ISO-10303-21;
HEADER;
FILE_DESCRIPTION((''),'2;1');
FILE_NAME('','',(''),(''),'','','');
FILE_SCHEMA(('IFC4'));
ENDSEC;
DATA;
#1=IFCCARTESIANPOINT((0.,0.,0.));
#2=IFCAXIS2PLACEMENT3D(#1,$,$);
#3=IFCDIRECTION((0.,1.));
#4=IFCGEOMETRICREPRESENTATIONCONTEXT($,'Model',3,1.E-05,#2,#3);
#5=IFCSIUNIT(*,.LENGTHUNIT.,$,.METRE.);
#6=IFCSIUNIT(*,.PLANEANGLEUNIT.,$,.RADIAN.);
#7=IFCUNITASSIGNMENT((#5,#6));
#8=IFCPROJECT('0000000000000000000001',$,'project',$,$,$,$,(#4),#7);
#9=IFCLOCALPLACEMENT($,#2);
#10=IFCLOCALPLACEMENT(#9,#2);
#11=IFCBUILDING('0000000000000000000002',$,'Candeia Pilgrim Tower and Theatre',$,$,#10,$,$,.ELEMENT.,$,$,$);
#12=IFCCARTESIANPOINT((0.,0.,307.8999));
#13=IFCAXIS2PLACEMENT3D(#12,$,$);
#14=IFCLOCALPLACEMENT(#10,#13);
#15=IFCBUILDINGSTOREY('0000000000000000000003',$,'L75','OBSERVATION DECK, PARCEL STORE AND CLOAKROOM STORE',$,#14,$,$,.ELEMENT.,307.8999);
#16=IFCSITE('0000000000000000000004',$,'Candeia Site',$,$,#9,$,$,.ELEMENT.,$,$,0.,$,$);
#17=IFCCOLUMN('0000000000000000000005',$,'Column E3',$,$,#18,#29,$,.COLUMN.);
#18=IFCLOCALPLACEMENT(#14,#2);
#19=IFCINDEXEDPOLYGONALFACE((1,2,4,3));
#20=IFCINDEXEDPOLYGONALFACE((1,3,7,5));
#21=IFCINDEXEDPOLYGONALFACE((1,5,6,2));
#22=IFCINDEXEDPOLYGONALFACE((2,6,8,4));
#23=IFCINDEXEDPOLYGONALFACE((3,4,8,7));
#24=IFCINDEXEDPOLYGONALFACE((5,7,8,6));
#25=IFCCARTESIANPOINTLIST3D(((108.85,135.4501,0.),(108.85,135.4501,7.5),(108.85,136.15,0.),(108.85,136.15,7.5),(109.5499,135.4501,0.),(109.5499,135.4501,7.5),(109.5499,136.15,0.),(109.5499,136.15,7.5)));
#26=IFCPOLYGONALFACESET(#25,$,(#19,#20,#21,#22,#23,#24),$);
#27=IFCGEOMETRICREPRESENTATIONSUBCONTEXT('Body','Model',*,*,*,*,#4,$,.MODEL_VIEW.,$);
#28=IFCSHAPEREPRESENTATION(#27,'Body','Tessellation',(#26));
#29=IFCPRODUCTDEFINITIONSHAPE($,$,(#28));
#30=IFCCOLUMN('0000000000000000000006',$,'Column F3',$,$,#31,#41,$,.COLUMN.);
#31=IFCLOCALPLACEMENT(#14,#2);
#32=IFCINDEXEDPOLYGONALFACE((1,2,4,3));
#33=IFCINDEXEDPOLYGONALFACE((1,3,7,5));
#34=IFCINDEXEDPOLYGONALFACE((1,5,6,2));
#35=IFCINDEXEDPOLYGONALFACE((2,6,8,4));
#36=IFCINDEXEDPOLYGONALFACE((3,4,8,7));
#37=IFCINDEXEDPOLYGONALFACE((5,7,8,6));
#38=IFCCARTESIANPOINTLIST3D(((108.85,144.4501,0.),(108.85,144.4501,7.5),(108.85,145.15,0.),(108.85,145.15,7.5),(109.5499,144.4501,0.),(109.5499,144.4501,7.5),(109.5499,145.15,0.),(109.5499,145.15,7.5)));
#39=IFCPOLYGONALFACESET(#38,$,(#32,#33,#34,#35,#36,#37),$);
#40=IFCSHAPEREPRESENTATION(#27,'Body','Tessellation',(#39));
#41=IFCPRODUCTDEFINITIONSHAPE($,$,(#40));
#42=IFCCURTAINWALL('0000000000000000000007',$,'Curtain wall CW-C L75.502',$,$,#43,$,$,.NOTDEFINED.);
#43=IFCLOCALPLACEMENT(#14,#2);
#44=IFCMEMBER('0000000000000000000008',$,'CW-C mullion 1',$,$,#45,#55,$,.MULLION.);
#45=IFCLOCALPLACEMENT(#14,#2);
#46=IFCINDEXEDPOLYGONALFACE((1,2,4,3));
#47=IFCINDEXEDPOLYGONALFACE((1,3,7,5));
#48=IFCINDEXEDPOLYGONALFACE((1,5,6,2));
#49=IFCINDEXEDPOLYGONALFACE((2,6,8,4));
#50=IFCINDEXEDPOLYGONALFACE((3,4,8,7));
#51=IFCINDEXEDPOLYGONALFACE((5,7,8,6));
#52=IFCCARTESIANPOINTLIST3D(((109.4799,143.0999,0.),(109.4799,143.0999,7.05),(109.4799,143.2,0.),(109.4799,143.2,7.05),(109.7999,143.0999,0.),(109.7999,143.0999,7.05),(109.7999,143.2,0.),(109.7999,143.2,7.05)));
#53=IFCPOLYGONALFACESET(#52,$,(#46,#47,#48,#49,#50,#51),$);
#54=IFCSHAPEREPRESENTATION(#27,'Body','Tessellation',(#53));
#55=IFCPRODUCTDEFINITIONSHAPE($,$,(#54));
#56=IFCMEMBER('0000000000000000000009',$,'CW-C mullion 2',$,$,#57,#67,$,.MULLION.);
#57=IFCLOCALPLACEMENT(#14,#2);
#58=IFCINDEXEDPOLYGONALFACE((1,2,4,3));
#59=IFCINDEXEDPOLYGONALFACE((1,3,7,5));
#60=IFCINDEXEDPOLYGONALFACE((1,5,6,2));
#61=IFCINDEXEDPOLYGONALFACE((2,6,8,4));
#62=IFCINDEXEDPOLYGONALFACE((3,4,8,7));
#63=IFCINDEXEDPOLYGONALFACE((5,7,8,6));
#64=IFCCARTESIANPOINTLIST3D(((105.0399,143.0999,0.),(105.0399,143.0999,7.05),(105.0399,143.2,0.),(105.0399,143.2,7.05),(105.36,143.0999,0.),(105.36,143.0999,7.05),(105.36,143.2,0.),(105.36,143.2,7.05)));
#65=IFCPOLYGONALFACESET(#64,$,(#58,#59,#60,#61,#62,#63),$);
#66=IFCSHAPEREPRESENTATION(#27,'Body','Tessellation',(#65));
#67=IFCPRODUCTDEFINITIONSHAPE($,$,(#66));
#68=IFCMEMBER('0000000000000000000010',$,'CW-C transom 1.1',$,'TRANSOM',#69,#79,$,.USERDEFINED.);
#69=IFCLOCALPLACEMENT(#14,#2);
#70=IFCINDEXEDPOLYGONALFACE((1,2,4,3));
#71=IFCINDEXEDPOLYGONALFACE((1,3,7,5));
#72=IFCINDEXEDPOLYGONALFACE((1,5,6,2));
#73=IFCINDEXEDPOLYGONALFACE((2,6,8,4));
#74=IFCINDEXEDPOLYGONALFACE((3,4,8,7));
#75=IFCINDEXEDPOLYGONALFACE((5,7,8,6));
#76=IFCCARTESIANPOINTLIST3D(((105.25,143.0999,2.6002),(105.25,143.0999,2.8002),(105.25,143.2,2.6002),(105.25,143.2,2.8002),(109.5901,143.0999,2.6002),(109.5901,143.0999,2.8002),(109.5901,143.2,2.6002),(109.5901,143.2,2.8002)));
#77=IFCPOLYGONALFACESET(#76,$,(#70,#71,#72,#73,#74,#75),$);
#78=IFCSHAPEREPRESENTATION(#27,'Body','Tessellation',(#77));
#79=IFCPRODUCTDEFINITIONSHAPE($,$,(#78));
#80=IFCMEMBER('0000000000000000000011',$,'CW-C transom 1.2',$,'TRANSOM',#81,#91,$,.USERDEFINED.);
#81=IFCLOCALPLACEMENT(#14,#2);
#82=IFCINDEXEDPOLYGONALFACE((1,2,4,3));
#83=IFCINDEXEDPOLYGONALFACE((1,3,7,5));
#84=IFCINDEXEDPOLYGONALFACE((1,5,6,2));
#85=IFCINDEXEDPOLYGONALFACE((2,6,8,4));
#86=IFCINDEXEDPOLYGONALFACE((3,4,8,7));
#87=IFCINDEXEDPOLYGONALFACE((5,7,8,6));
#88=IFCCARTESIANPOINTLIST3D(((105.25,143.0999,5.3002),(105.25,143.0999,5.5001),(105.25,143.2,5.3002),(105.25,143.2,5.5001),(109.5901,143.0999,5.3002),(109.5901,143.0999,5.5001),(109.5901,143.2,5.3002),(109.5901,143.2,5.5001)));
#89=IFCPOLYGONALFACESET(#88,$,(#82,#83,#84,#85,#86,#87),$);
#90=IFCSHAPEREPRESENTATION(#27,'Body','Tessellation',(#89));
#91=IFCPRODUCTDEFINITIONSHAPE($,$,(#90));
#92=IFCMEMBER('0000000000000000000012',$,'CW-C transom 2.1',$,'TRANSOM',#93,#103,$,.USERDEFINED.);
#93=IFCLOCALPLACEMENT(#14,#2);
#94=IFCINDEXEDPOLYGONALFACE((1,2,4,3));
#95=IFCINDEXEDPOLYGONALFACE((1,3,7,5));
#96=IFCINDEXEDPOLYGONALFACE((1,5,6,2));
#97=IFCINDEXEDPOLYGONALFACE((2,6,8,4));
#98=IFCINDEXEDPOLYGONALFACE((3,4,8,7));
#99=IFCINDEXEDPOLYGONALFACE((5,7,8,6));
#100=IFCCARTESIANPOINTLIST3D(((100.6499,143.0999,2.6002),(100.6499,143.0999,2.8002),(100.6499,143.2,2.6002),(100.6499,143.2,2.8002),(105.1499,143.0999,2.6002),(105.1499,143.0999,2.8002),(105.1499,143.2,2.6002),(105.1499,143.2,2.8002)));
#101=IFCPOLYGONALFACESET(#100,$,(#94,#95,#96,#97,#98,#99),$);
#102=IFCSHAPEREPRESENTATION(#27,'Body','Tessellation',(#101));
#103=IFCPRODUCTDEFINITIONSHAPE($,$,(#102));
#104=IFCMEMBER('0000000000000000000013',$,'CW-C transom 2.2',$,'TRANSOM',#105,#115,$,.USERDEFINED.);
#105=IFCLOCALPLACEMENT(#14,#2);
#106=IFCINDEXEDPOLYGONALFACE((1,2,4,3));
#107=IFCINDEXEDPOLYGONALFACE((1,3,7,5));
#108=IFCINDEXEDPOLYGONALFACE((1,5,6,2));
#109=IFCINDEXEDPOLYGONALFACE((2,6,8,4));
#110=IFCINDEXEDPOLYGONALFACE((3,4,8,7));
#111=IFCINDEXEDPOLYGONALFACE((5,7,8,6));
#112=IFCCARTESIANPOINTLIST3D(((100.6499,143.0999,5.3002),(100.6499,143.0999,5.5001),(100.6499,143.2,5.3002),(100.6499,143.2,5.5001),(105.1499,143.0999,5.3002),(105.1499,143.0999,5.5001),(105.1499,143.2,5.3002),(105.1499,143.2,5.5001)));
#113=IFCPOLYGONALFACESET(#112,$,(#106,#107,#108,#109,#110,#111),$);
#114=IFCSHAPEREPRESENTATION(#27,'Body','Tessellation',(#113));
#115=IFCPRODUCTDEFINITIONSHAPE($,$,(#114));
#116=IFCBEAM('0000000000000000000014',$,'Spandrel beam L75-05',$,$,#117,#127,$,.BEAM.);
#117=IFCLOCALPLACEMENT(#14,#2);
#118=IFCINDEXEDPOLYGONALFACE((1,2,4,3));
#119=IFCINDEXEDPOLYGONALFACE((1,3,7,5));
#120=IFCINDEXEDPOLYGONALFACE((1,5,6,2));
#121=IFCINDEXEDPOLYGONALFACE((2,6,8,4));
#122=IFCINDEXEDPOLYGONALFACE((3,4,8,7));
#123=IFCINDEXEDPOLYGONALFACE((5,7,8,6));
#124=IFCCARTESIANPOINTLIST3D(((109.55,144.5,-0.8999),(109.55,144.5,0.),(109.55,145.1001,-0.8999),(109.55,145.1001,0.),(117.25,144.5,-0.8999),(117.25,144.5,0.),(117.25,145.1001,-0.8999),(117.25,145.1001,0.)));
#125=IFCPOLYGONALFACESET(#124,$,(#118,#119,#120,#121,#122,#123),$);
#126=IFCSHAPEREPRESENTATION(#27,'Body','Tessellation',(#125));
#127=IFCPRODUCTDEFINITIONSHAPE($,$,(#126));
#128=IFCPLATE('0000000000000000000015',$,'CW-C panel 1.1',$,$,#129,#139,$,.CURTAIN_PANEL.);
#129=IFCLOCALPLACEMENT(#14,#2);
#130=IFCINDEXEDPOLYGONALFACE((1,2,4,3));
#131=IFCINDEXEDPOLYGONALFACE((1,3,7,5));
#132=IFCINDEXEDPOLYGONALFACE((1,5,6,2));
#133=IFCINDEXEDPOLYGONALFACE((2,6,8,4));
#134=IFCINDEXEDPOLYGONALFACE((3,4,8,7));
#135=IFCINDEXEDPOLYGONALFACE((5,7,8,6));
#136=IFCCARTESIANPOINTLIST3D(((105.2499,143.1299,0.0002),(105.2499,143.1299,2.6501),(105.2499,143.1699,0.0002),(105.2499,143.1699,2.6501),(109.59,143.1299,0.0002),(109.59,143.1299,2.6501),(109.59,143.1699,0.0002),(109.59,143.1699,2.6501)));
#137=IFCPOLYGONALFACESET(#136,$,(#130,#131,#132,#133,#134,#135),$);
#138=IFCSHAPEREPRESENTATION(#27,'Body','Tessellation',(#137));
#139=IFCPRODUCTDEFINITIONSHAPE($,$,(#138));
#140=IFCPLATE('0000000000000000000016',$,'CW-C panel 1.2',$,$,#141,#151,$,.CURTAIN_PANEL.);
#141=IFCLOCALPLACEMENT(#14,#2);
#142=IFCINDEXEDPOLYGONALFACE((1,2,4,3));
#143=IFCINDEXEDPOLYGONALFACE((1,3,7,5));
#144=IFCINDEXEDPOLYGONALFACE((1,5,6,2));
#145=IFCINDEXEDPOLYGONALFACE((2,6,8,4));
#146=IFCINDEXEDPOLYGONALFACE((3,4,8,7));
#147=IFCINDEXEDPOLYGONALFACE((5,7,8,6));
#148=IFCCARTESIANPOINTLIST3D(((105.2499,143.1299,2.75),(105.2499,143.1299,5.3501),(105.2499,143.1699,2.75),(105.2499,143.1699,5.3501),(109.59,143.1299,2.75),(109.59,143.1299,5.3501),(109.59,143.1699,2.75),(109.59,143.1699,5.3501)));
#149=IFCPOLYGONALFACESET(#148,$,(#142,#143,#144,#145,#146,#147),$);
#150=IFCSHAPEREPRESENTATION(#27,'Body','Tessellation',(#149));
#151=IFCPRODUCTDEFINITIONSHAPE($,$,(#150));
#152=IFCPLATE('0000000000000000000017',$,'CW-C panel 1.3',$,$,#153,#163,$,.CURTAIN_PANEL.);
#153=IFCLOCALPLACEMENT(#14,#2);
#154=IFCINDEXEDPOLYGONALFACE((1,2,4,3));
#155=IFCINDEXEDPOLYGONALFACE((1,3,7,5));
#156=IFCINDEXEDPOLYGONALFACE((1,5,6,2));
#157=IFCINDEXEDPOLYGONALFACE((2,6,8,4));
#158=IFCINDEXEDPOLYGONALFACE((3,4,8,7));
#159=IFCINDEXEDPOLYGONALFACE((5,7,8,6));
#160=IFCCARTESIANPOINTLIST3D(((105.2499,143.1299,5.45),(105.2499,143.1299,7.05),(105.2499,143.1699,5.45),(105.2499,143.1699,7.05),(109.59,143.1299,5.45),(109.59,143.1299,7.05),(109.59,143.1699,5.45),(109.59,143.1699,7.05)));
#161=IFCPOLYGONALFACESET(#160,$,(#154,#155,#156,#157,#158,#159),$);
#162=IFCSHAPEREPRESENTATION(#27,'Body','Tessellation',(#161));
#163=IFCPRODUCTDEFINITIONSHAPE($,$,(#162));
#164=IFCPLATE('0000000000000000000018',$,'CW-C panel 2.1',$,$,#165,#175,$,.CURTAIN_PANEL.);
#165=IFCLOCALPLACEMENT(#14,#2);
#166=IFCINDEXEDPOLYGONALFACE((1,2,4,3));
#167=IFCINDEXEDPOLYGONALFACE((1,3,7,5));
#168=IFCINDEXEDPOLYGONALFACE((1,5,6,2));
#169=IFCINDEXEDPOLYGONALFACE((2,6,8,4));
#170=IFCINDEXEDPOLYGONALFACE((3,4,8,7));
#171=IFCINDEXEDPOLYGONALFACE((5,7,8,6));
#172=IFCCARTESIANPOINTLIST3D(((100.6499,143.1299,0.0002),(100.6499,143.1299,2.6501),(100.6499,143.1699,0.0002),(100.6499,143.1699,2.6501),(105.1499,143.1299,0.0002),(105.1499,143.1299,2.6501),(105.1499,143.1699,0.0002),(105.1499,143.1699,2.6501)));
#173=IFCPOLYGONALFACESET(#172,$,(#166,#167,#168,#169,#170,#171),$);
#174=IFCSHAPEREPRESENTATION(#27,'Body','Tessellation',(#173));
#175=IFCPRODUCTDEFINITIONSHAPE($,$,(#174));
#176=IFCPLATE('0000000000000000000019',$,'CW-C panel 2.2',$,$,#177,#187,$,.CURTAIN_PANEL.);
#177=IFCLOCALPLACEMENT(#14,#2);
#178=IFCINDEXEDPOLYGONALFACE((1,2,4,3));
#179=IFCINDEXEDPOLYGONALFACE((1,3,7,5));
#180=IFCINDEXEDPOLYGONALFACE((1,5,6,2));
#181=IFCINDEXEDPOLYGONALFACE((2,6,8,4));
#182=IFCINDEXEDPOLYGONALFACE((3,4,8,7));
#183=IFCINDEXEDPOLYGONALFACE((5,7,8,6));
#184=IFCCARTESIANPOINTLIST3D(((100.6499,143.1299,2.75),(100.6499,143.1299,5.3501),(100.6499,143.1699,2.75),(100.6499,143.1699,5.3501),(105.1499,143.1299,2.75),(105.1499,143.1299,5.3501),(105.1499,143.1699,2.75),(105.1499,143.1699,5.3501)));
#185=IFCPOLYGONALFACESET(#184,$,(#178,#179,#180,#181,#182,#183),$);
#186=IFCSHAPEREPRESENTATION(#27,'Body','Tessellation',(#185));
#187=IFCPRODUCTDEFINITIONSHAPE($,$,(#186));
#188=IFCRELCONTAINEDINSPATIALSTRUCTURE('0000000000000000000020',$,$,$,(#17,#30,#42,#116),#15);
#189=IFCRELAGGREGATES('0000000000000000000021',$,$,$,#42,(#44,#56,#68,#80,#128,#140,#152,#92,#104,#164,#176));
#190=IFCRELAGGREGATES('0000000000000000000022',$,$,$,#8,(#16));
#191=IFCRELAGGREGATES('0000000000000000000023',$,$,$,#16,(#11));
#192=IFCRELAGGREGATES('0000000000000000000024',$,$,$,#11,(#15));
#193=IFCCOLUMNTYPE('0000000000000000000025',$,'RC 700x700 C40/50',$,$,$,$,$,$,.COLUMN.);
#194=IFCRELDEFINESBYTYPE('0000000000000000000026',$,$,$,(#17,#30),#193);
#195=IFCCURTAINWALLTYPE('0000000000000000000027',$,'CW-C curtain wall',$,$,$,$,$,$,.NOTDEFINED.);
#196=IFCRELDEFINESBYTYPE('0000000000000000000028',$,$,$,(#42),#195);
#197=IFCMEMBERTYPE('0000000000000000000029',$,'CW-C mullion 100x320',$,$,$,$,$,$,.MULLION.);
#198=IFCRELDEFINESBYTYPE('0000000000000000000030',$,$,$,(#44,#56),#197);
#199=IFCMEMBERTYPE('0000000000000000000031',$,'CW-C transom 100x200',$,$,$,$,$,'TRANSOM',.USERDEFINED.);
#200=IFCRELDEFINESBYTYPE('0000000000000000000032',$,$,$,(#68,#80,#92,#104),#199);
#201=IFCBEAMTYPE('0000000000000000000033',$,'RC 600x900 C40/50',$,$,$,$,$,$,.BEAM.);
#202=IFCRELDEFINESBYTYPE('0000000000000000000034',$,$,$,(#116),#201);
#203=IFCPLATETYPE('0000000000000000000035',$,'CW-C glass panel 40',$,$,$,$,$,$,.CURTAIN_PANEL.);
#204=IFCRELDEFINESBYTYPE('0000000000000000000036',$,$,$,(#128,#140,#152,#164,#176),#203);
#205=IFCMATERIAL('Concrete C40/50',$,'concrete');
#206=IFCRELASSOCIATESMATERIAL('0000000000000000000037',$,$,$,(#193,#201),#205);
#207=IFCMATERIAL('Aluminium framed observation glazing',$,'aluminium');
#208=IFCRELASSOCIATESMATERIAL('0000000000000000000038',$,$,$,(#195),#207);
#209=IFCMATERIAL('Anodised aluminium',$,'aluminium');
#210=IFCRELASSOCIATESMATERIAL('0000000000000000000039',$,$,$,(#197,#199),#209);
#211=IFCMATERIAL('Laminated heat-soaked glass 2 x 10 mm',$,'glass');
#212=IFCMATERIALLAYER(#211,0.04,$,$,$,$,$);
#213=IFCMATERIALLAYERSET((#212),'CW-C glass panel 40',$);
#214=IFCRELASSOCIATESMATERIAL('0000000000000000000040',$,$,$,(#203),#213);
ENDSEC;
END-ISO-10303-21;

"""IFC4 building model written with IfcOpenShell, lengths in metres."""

from ifc_helpers import new_model, si_unit, direction, frame, origin, origin_2d, place, context, subcontext, project, spatial, rectangle, extrude, material, layer, layer_set, material_profile, profile_set, type_object, element, aggregate, save


model = new_model("IFC4")

# Units and contexts
model_context = context("Model", 3, precision=1e-05, world=origin(), true_north=direction((0.0, 1.0)))
body_context = subcontext(model_context, "Body", "Model", "MODEL_VIEW")
ifc_project = project(units=[si_unit("LENGTHUNIT", "METRE"), si_unit("PLANEANGLEUNIT", "RADIAN")], contexts=[model_context])

# Site, building, storey
site_placement = place(None, origin())
site = spatial("IfcSite", under=ifc_project, at=site_placement, Name="Candeia Site", CompositionType="ELEMENT", RefElevation=0.0)
building_placement = place(site_placement, origin())
building = spatial("IfcBuilding", under=site, at=building_placement, Name="Candeia Pilgrim Tower and Theatre", CompositionType="ELEMENT")
storey_placement = place(building_placement, frame((0.0, 0.0, 307.8999)))
storey = spatial("IfcBuildingStorey", under=building, at=storey_placement, Name="L75", Description="OBSERVATION DECK, PARCEL STORE AND CLOAKROOM STORE", CompositionType="ELEMENT", Elevation=307.8999)

# Columns
ifc_material_1 = material(Name="Concrete C40/50", Category="concrete")
ifc_material_profile_1 = material_profile(ifc_material_1, rectangle(XDim=0.7, YDim=0.7, at=origin_2d()))
ifc_profile_set_1 = profile_set([ifc_material_profile_1], Name="Concrete C40/50")
column_type = type_object("IfcColumnType", Name="RC 700x700 C40/50", PredefinedType="COLUMN", material=ifc_profile_set_1)
for number, where, z_axis, x_axis, name in (
    (1, (109.2, 135.8, 0.0), (0.0, 0.0, 1.0), (1.0, 0.0, 0.0), "Column E3"),
    (2, (109.2, 144.8, 0.0), (0.0, 0.0, 1.0), (1.0, 0.0, 0.0), "Column F3"),
):
    element("IfcColumn", number, at=place(storey_placement, frame(where, z_axis=z_axis, x_axis=x_axis)), inside=storey, type_object=column_type, Name=name, PredefinedType="COLUMN", context=body_context, shape_type="SweptSolid", body=[
        extrude(rectangle(XDim=0.7, YDim=0.7, at=origin_2d()), origin(), (0.0, 0.0, 1.0), 7.5),
    ])

# Curtain wall, members
ifc_material_2 = material(Name="Aluminium framed observation glazing", Category="aluminium")
curtain_wall_type = type_object("IfcCurtainWallType", Name="CW-C curtain wall", PredefinedType="NOTDEFINED", material=ifc_material_2)
curtain_wall_placement = place(storey_placement, origin())
curtain_wall = element("IfcCurtainWall", 3, at=curtain_wall_placement, inside=storey, type_object=curtain_wall_type, Name="Curtain wall CW-C L75.502", PredefinedType="NOTDEFINED")
ifc_material_3 = material(Name="Anodised aluminium", Category="aluminium")
ifc_material_profile_2 = material_profile(ifc_material_3, rectangle(XDim=0.1001, YDim=0.3201, at=origin_2d()))
ifc_profile_set_2 = profile_set([ifc_material_profile_2], Name="Anodised aluminium")
member_type_1 = type_object("IfcMemberType", Name="CW-C mullion 100x320", PredefinedType="MULLION", material=ifc_profile_set_2)
member_1_placement = place(storey_placement, frame((109.6399, 143.1499, 0.0), z_axis=(0.0, 0.0, 1.0), x_axis=(0.0, -1.0, 0.0)))
member_1 = element("IfcMember", 4, at=member_1_placement, type_object=member_type_1, Name="CW-C mullion 1", PredefinedType="MULLION", context=body_context, shape_type="SweptSolid", body=[
    extrude(rectangle(XDim=0.1001, YDim=0.3201, at=origin_2d()), origin(), (0.0, 0.0, 1.0), 7.05),
])
member_2_placement = place(storey_placement, frame((105.2, 143.1499, 0.0), z_axis=(0.0, 0.0, 1.0), x_axis=(0.0, -1.0, 0.0)))
member_2 = element("IfcMember", 5, at=member_2_placement, type_object=member_type_1, Name="CW-C mullion 2", PredefinedType="MULLION", context=body_context, shape_type="SweptSolid", body=[
    extrude(rectangle(XDim=0.1001, YDim=0.3201, at=origin_2d()), origin(), (0.0, 0.0, 1.0), 7.05),
])
ifc_material_profile_3 = material_profile(ifc_material_3, rectangle(XDim=0.1001, YDim=0.2, at=origin_2d()))
ifc_profile_set_3 = profile_set([ifc_material_profile_3], Name="Anodised aluminium")
member_type_2 = type_object("IfcMemberType", Name="CW-C transom 100x200", ElementType="TRANSOM", PredefinedType="USERDEFINED", material=ifc_profile_set_3)
member_3_placement = place(storey_placement, frame((109.5901, 143.1499, 2.7002), z_axis=(-1.0, 0.0, 0.0), x_axis=(0.0, -1.0, 0.0)))
member_3 = element("IfcMember", 6, at=member_3_placement, type_object=member_type_2, Name="CW-C transom 1.1", ObjectType="TRANSOM", PredefinedType="USERDEFINED", context=body_context, shape_type="SweptSolid", body=[
    extrude(rectangle(XDim=0.1001, YDim=0.2, at=origin_2d()), origin(), (0.0, 0.0, 1.0), 4.3401),
])
member_4_placement = place(storey_placement, frame((109.5901, 143.1499, 5.4001), z_axis=(-1.0, 0.0, 0.0), x_axis=(0.0, -1.0, 0.0)))
member_4 = element("IfcMember", 7, at=member_4_placement, type_object=member_type_2, Name="CW-C transom 1.2", ObjectType="TRANSOM", PredefinedType="USERDEFINED", context=body_context, shape_type="SweptSolid", body=[
    extrude(rectangle(XDim=0.1001, YDim=0.2, at=origin_2d()), origin(), (0.0, 0.0, 1.0), 4.3401),
])
member_5_placement = place(storey_placement, frame((105.1499, 143.1499, 2.7002), z_axis=(-1.0, 0.0, 0.0), x_axis=(0.0, -1.0, 0.0)))
member_5 = element("IfcMember", 8, at=member_5_placement, type_object=member_type_2, Name="CW-C transom 2.1", ObjectType="TRANSOM", PredefinedType="USERDEFINED", context=body_context, shape_type="SweptSolid", body=[
    extrude(rectangle(XDim=0.1001, YDim=0.2, at=origin_2d()), origin(), (0.0, 0.0, 1.0), 4.5),
])
member_6_placement = place(storey_placement, frame((105.1499, 143.1499, 5.4001), z_axis=(-1.0, 0.0, 0.0), x_axis=(0.0, -1.0, 0.0)))
member_6 = element("IfcMember", 9, at=member_6_placement, type_object=member_type_2, Name="CW-C transom 2.2", ObjectType="TRANSOM", PredefinedType="USERDEFINED", context=body_context, shape_type="SweptSolid", body=[
    extrude(rectangle(XDim=0.1001, YDim=0.2, at=origin_2d()), origin(), (0.0, 0.0, 1.0), 4.5),
])

# Beam
ifc_material_profile_4 = material_profile(ifc_material_1, rectangle(XDim=0.6001, YDim=0.8999, at=origin_2d()))
ifc_profile_set_4 = profile_set([ifc_material_profile_4], Name="Concrete C40/50")
beam_type = type_object("IfcBeamType", Name="RC 600x900 C40/50", PredefinedType="BEAM", material=ifc_profile_set_4)
beam_placement = place(storey_placement, frame((109.55, 144.8, -0.45), z_axis=(1.0, 0.0, 0.0), x_axis=(0.0, 1.0, 0.0)))
element("IfcBeam", 10, at=beam_placement, inside=storey, type_object=beam_type, Name="Spandrel beam L75-05", PredefinedType="BEAM", context=body_context, shape_type="SweptSolid", body=[
    extrude(rectangle(XDim=0.6001, YDim=0.8999, at=origin_2d()), origin(), (0.0, 0.0, 1.0), 7.7),
])

# Plates
ifc_material_4 = material(Name="Laminated heat-soaked glass 2 x 10 mm", Category="glass")
ifc_layer_1 = layer(ifc_material_4, 0.04)
ifc_layer_set_1 = layer_set([ifc_layer_1], Name="CW-C glass panel 40")
plate_type = type_object("IfcPlateType", Name="CW-C glass panel 40", PredefinedType="CURTAIN_PANEL", material=ifc_layer_set_1)
plate_1_placement = place(storey_placement, frame((107.4199, 143.1499, 0.0002), z_axis=(0.0, 0.0, 1.0), x_axis=(-1.0, 0.0, 0.0)))
plate_1 = element("IfcPlate", 11, at=plate_1_placement, type_object=plate_type, Name="CW-C panel 1.1", PredefinedType="CURTAIN_PANEL", context=body_context, shape_type="SweptSolid", body=[
    extrude(rectangle(XDim=4.3401, YDim=0.04, at=origin_2d()), origin(), (0.0, 0.0, 1.0), 2.6499),
])
plate_2_placement = place(storey_placement, frame((107.4199, 143.1499, 2.75), z_axis=(0.0, 0.0, 1.0), x_axis=(-1.0, 0.0, 0.0)))
plate_2 = element("IfcPlate", 12, at=plate_2_placement, type_object=plate_type, Name="CW-C panel 1.2", PredefinedType="CURTAIN_PANEL", context=body_context, shape_type="SweptSolid", body=[
    extrude(rectangle(XDim=4.3401, YDim=0.04, at=origin_2d()), origin(), (0.0, 0.0, 1.0), 2.6001),
])
plate_3_placement = place(storey_placement, frame((107.4199, 143.1499, 5.45), z_axis=(0.0, 0.0, 1.0), x_axis=(-1.0, 0.0, 0.0)))
plate_3 = element("IfcPlate", 13, at=plate_3_placement, type_object=plate_type, Name="CW-C panel 1.3", PredefinedType="CURTAIN_PANEL", context=body_context, shape_type="SweptSolid", body=[
    extrude(rectangle(XDim=4.3401, YDim=0.04, at=origin_2d()), origin(), (0.0, 0.0, 1.0), 1.6001),
])
plate_4_placement = place(storey_placement, frame((102.8999, 143.1499, 0.0002), z_axis=(0.0, 0.0, 1.0), x_axis=(-1.0, 0.0, 0.0)))
plate_4 = element("IfcPlate", 14, at=plate_4_placement, type_object=plate_type, Name="CW-C panel 2.1", PredefinedType="CURTAIN_PANEL", context=body_context, shape_type="SweptSolid", body=[
    extrude(rectangle(XDim=4.5, YDim=0.04, at=origin_2d()), origin(), (0.0, 0.0, 1.0), 2.6499),
])
plate_5_placement = place(storey_placement, frame((102.8999, 143.1499, 2.75), z_axis=(0.0, 0.0, 1.0), x_axis=(-1.0, 0.0, 0.0)))
plate_5 = element("IfcPlate", 15, at=plate_5_placement, type_object=plate_type, Name="CW-C panel 2.2", PredefinedType="CURTAIN_PANEL", context=body_context, shape_type="SweptSolid", body=[
    extrude(rectangle(XDim=4.5, YDim=0.04, at=origin_2d()), origin(), (0.0, 0.0, 1.0), 2.6001),
])
aggregate(curtain_wall, [member_1, member_2, member_3, member_4, plate_1, plate_2, plate_3, member_5, member_6, plate_4, plate_5])

save(model, "model.ifc")
